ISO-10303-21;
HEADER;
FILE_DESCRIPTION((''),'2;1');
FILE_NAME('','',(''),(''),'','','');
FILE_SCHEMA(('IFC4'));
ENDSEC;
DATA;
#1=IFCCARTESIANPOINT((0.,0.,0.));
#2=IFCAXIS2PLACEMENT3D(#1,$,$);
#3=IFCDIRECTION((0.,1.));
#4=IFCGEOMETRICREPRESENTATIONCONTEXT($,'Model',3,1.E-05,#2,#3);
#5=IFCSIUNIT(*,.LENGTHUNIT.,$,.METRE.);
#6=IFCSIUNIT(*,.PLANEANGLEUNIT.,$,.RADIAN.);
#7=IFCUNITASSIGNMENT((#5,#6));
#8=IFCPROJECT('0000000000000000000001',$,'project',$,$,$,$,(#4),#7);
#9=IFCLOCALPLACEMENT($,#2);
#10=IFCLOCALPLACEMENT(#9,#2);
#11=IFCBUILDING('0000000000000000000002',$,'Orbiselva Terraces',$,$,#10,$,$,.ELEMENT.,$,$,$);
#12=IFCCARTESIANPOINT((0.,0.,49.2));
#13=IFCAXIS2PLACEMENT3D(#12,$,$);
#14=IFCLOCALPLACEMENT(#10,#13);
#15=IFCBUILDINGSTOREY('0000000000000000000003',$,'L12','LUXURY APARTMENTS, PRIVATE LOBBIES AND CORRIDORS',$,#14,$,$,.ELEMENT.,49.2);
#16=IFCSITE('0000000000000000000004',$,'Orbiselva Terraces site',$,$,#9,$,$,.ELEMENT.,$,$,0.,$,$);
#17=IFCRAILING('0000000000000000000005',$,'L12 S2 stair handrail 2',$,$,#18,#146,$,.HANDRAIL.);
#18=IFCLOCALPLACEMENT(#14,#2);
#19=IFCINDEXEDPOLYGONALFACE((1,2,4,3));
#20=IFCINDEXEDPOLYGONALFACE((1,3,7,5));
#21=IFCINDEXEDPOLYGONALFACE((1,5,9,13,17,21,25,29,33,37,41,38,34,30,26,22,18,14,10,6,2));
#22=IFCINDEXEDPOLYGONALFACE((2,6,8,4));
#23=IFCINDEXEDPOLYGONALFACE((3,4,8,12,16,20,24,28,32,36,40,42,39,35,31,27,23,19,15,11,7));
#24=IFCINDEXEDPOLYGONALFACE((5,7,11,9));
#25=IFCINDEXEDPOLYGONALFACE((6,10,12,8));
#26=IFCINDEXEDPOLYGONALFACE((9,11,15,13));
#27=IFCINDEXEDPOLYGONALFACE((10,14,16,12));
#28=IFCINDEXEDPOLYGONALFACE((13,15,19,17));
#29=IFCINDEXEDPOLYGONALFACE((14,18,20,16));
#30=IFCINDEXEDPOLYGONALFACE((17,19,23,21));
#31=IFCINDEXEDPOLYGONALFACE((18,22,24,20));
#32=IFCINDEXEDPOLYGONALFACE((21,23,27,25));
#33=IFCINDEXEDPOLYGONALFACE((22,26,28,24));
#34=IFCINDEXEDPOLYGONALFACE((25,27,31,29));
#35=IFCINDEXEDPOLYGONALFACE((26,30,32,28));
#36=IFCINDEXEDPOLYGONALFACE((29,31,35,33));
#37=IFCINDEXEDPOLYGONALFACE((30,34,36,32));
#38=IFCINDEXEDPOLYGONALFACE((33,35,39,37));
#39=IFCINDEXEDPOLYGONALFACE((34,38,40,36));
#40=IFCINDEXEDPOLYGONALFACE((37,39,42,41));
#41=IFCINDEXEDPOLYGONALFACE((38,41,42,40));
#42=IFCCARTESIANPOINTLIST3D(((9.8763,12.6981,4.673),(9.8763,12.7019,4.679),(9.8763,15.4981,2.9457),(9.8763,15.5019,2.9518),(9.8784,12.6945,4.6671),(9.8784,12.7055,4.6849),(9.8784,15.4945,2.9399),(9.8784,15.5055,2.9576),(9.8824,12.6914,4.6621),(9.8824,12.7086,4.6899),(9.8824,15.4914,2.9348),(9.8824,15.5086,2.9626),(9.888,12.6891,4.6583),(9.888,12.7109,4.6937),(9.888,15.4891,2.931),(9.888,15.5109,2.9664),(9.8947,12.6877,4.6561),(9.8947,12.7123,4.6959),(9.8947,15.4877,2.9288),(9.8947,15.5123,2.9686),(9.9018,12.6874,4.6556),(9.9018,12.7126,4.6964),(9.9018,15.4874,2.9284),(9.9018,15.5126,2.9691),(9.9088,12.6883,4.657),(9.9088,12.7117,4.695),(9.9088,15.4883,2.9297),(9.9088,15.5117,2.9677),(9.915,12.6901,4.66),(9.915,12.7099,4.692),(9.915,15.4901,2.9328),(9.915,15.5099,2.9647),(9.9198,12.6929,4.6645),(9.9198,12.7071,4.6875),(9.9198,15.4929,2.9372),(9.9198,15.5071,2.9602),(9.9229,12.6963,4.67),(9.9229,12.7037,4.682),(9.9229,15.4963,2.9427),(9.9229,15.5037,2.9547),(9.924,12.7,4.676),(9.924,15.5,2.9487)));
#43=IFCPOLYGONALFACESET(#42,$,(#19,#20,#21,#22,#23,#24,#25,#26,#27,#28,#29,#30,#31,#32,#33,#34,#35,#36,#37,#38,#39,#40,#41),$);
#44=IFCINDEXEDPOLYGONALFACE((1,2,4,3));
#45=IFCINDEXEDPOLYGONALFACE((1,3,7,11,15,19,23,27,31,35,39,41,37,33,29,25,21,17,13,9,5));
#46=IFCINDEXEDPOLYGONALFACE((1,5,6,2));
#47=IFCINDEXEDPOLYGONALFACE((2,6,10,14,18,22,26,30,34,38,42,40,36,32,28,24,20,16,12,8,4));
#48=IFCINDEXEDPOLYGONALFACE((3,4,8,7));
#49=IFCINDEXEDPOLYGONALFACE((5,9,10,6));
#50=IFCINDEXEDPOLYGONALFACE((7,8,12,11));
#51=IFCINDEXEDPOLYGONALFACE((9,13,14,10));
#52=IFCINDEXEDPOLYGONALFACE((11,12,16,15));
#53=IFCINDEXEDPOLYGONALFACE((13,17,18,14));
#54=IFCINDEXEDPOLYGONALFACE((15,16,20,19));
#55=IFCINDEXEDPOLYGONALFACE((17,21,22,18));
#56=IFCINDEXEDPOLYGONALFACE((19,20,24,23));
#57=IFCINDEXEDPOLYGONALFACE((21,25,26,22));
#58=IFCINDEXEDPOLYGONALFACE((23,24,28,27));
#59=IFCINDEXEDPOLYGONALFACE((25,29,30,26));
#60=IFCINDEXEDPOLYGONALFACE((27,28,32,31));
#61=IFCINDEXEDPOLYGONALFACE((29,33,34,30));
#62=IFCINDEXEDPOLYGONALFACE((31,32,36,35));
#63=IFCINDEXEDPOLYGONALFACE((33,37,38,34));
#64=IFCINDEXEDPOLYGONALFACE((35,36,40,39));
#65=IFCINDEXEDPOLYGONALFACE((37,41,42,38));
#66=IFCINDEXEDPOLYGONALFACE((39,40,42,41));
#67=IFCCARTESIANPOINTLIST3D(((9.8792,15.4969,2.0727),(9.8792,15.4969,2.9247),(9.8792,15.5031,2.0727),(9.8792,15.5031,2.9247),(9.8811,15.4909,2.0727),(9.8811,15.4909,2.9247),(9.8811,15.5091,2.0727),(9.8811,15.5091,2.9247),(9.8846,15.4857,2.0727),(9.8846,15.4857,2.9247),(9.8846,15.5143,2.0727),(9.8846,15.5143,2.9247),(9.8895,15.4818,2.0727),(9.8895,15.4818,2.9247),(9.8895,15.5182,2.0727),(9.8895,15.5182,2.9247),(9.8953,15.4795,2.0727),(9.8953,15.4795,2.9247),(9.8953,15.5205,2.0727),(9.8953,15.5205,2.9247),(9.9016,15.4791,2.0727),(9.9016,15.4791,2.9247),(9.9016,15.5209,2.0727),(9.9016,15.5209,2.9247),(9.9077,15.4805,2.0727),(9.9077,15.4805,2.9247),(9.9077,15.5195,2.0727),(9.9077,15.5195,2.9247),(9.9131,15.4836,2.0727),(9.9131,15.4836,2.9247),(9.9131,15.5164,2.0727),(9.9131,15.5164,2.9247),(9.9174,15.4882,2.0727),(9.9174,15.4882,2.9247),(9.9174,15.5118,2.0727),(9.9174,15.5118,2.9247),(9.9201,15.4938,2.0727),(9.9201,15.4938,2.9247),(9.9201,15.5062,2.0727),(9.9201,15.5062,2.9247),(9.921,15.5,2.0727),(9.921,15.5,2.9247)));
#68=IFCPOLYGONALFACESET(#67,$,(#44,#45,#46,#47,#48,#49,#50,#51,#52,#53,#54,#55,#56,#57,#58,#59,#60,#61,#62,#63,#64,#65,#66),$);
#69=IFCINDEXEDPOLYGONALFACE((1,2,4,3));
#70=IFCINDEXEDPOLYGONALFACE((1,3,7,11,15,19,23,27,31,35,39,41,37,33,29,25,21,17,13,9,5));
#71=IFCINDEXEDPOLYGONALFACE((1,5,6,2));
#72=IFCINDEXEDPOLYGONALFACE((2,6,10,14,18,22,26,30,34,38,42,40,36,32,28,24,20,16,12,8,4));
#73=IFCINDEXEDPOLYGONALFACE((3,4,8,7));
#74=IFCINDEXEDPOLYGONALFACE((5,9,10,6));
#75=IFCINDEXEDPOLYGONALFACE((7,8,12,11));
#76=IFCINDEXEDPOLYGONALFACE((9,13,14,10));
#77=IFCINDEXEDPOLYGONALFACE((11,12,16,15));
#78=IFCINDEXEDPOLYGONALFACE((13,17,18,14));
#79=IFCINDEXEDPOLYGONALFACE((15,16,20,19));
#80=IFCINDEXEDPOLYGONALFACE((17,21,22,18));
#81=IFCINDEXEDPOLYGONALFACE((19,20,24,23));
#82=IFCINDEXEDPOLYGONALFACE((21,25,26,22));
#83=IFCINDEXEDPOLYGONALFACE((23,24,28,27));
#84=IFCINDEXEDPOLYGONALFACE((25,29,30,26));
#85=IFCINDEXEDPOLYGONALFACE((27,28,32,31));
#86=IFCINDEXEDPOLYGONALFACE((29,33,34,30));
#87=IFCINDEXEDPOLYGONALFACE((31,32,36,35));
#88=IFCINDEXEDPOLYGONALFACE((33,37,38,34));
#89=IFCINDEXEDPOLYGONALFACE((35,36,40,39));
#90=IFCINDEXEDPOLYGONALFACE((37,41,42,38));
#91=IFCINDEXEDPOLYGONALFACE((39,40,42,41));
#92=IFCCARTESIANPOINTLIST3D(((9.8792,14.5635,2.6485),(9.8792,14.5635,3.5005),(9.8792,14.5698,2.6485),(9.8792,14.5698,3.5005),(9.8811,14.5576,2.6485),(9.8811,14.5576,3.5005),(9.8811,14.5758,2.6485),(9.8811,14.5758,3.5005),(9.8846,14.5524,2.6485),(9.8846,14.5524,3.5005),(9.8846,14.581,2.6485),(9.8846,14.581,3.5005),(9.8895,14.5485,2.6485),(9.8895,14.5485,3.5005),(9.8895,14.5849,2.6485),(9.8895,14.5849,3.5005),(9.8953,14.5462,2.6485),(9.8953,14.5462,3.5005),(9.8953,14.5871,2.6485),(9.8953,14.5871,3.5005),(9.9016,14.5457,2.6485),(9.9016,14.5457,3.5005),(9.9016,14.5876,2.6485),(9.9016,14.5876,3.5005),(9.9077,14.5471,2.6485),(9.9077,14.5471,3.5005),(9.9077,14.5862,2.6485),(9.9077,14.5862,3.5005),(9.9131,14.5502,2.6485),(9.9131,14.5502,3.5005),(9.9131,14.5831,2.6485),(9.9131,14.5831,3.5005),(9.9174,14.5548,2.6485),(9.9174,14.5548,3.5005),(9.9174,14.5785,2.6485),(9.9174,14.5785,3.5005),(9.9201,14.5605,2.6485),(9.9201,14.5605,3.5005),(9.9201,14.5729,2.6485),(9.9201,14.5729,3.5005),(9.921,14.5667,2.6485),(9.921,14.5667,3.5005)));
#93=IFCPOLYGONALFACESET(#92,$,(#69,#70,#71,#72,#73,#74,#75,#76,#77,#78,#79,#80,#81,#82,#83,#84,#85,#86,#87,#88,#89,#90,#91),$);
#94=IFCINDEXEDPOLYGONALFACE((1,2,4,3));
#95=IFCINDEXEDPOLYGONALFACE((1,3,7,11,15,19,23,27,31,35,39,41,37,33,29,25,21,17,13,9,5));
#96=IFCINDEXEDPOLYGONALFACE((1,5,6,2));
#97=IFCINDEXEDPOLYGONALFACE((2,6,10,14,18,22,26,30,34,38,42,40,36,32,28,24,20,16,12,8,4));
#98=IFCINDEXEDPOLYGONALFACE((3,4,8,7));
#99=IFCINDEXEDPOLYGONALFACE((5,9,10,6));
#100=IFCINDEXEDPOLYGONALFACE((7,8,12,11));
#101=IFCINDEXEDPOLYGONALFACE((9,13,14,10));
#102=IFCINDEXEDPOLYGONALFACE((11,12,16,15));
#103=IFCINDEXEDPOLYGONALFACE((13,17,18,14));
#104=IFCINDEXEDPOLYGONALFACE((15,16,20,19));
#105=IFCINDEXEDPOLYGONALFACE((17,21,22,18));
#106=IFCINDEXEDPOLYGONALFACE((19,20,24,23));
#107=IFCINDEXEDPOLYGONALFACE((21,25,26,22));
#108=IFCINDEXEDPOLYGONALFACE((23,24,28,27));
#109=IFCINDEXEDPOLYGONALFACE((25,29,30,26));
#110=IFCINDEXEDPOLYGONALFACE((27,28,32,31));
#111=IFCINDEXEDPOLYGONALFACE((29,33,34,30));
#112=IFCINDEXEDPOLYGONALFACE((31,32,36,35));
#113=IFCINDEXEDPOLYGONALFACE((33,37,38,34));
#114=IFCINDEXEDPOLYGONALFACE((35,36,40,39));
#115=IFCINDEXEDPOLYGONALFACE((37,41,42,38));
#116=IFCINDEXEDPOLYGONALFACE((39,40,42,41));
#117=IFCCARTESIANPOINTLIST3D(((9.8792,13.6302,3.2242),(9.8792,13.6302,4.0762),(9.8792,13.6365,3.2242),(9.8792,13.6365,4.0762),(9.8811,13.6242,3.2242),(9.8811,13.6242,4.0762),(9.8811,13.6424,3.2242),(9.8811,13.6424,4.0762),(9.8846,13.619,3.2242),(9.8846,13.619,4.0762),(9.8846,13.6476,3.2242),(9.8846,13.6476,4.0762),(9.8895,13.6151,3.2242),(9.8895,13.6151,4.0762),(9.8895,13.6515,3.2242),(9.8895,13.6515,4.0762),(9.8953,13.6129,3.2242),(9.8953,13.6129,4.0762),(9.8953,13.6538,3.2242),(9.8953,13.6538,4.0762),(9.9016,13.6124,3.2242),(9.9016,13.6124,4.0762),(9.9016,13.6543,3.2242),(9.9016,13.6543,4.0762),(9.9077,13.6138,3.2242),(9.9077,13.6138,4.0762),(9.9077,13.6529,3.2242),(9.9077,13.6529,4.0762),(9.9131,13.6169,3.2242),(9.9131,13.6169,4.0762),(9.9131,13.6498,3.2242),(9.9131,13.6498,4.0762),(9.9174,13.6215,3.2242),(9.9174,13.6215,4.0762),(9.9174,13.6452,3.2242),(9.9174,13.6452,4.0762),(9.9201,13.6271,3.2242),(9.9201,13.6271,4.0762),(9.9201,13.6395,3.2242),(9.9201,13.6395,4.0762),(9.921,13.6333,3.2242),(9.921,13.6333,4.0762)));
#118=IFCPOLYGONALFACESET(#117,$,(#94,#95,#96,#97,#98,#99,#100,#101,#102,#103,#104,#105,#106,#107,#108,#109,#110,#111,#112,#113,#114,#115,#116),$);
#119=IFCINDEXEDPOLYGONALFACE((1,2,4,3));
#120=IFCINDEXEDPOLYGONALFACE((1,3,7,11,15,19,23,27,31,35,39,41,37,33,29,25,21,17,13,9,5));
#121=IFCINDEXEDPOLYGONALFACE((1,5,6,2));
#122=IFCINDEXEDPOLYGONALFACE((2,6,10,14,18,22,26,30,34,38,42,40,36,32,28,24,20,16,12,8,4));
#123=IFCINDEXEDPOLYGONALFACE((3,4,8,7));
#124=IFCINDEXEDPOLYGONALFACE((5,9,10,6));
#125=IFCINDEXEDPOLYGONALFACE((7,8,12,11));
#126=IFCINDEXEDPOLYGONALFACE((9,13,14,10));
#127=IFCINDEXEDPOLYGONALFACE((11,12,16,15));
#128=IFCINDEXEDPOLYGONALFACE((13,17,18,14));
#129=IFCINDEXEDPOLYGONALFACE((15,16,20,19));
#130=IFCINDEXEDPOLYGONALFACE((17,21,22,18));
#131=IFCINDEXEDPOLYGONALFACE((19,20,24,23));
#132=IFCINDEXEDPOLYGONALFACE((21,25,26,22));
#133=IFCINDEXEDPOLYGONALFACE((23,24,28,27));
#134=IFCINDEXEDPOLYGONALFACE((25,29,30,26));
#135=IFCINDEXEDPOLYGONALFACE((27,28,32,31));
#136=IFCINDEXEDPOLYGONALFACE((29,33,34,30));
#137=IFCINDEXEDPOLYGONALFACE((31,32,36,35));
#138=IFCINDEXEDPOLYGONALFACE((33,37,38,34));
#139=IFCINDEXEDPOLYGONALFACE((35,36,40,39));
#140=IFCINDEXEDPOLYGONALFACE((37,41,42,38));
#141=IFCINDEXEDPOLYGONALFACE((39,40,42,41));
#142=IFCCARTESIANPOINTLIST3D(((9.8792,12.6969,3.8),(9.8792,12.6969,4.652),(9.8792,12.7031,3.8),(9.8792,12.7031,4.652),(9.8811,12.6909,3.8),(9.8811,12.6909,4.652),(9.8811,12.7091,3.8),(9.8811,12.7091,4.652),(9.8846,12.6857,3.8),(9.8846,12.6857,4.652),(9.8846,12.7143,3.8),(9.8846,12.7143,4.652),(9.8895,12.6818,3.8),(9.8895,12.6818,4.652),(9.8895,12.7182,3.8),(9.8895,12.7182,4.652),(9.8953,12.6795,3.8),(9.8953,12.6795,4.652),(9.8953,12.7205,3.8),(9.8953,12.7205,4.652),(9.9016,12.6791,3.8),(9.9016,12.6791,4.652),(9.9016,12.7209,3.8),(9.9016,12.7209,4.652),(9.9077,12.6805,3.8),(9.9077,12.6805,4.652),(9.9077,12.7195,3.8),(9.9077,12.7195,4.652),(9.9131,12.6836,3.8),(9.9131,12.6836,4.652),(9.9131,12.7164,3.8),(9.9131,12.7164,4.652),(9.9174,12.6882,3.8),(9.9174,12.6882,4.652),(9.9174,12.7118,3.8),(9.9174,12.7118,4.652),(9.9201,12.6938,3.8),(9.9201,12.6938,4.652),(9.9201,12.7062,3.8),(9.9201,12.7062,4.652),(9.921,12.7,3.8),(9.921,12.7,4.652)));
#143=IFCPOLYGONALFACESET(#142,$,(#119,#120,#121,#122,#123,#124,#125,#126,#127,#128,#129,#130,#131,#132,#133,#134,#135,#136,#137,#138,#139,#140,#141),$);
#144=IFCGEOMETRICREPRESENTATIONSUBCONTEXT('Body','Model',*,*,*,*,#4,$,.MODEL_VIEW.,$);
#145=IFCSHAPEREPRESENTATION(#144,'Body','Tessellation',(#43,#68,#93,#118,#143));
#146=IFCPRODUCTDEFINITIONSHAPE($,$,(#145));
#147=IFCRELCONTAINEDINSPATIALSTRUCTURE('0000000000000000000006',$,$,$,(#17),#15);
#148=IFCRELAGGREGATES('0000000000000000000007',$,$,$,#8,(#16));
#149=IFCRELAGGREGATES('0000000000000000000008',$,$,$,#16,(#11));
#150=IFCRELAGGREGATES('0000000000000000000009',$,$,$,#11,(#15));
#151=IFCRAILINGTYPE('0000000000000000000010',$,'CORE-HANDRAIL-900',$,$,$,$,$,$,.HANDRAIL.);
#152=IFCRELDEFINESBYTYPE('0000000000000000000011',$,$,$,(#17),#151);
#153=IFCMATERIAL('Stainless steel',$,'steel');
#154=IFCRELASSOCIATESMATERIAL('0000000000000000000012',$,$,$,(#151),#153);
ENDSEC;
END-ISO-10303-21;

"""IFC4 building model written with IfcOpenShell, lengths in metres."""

from ifc_helpers import new_model, si_unit, direction, frame, origin, origin_2d, place, context, subcontext, project, spatial, circle, extrude, material, type_object, element, save


model = new_model("IFC4")

# Units and contexts
model_context = context("Model", 3, precision=1e-05, world=origin(), true_north=direction((0.0, 1.0)))
body_context = subcontext(model_context, "Body", "Model", "MODEL_VIEW")
ifc_project = project(units=[si_unit("LENGTHUNIT", "METRE"), si_unit("PLANEANGLEUNIT", "RADIAN")], contexts=[model_context])

# Site, building, storey
site_placement = place(None, origin())
site = spatial("IfcSite", under=ifc_project, at=site_placement, Name="Orbiselva Terraces site", CompositionType="ELEMENT", RefElevation=0.0)
building_placement = place(site_placement, origin())
building = spatial("IfcBuilding", under=site, at=building_placement, Name="Orbiselva Terraces", CompositionType="ELEMENT")
storey_placement = place(building_placement, frame((0.0, 0.0, 49.2)))
storey = spatial("IfcBuildingStorey", under=building, at=storey_placement, Name="L12", Description="LUXURY APARTMENTS, PRIVATE LOBBIES AND CORRIDORS", CompositionType="ELEMENT", Elevation=49.2)

# Railing
ifc_material_1 = material(Name="Stainless steel", Category="steel")
railing_type_1 = type_object("IfcRailingType", Name="CORE-HANDRAIL-900", PredefinedType="HANDRAIL", material=ifc_material_1)
railing_1_placement = place(storey_placement, frame((9.9, 15.5, 2.0727)))
element("IfcRailing", 1, at=railing_1_placement, inside=storey, type_object=railing_type_1, Name="L12 S2 stair handrail 2", PredefinedType="HANDRAIL", context=body_context, shape_type="SweptSolid", body=[
    extrude(circle(Radius=0.024, at=origin_2d()), frame((0.0, 0.0, 0.876), z_axis=(0.0, -0.851089, 0.525022), x_axis=(1.0, 0.0, 0.0)), (0.0, 0.0, 1.0), 3.2899),
    extrude(circle(Radius=0.021, at=origin_2d()), origin(), (0.0, 0.0, 1.0), 0.852),
    extrude(circle(Radius=0.021, at=origin_2d()), frame((0.0, -0.9333, 0.5758)), (0.0, 0.0, 1.0), 0.852),
    extrude(circle(Radius=0.021, at=origin_2d()), frame((0.0, -1.8667, 1.1515)), (0.0, 0.0, 1.0), 0.852),
    extrude(circle(Radius=0.021, at=origin_2d()), frame((0.0, -2.8, 1.7273)), (0.0, 0.0, 1.0), 0.852),
])

save(model, "model.ifc")
